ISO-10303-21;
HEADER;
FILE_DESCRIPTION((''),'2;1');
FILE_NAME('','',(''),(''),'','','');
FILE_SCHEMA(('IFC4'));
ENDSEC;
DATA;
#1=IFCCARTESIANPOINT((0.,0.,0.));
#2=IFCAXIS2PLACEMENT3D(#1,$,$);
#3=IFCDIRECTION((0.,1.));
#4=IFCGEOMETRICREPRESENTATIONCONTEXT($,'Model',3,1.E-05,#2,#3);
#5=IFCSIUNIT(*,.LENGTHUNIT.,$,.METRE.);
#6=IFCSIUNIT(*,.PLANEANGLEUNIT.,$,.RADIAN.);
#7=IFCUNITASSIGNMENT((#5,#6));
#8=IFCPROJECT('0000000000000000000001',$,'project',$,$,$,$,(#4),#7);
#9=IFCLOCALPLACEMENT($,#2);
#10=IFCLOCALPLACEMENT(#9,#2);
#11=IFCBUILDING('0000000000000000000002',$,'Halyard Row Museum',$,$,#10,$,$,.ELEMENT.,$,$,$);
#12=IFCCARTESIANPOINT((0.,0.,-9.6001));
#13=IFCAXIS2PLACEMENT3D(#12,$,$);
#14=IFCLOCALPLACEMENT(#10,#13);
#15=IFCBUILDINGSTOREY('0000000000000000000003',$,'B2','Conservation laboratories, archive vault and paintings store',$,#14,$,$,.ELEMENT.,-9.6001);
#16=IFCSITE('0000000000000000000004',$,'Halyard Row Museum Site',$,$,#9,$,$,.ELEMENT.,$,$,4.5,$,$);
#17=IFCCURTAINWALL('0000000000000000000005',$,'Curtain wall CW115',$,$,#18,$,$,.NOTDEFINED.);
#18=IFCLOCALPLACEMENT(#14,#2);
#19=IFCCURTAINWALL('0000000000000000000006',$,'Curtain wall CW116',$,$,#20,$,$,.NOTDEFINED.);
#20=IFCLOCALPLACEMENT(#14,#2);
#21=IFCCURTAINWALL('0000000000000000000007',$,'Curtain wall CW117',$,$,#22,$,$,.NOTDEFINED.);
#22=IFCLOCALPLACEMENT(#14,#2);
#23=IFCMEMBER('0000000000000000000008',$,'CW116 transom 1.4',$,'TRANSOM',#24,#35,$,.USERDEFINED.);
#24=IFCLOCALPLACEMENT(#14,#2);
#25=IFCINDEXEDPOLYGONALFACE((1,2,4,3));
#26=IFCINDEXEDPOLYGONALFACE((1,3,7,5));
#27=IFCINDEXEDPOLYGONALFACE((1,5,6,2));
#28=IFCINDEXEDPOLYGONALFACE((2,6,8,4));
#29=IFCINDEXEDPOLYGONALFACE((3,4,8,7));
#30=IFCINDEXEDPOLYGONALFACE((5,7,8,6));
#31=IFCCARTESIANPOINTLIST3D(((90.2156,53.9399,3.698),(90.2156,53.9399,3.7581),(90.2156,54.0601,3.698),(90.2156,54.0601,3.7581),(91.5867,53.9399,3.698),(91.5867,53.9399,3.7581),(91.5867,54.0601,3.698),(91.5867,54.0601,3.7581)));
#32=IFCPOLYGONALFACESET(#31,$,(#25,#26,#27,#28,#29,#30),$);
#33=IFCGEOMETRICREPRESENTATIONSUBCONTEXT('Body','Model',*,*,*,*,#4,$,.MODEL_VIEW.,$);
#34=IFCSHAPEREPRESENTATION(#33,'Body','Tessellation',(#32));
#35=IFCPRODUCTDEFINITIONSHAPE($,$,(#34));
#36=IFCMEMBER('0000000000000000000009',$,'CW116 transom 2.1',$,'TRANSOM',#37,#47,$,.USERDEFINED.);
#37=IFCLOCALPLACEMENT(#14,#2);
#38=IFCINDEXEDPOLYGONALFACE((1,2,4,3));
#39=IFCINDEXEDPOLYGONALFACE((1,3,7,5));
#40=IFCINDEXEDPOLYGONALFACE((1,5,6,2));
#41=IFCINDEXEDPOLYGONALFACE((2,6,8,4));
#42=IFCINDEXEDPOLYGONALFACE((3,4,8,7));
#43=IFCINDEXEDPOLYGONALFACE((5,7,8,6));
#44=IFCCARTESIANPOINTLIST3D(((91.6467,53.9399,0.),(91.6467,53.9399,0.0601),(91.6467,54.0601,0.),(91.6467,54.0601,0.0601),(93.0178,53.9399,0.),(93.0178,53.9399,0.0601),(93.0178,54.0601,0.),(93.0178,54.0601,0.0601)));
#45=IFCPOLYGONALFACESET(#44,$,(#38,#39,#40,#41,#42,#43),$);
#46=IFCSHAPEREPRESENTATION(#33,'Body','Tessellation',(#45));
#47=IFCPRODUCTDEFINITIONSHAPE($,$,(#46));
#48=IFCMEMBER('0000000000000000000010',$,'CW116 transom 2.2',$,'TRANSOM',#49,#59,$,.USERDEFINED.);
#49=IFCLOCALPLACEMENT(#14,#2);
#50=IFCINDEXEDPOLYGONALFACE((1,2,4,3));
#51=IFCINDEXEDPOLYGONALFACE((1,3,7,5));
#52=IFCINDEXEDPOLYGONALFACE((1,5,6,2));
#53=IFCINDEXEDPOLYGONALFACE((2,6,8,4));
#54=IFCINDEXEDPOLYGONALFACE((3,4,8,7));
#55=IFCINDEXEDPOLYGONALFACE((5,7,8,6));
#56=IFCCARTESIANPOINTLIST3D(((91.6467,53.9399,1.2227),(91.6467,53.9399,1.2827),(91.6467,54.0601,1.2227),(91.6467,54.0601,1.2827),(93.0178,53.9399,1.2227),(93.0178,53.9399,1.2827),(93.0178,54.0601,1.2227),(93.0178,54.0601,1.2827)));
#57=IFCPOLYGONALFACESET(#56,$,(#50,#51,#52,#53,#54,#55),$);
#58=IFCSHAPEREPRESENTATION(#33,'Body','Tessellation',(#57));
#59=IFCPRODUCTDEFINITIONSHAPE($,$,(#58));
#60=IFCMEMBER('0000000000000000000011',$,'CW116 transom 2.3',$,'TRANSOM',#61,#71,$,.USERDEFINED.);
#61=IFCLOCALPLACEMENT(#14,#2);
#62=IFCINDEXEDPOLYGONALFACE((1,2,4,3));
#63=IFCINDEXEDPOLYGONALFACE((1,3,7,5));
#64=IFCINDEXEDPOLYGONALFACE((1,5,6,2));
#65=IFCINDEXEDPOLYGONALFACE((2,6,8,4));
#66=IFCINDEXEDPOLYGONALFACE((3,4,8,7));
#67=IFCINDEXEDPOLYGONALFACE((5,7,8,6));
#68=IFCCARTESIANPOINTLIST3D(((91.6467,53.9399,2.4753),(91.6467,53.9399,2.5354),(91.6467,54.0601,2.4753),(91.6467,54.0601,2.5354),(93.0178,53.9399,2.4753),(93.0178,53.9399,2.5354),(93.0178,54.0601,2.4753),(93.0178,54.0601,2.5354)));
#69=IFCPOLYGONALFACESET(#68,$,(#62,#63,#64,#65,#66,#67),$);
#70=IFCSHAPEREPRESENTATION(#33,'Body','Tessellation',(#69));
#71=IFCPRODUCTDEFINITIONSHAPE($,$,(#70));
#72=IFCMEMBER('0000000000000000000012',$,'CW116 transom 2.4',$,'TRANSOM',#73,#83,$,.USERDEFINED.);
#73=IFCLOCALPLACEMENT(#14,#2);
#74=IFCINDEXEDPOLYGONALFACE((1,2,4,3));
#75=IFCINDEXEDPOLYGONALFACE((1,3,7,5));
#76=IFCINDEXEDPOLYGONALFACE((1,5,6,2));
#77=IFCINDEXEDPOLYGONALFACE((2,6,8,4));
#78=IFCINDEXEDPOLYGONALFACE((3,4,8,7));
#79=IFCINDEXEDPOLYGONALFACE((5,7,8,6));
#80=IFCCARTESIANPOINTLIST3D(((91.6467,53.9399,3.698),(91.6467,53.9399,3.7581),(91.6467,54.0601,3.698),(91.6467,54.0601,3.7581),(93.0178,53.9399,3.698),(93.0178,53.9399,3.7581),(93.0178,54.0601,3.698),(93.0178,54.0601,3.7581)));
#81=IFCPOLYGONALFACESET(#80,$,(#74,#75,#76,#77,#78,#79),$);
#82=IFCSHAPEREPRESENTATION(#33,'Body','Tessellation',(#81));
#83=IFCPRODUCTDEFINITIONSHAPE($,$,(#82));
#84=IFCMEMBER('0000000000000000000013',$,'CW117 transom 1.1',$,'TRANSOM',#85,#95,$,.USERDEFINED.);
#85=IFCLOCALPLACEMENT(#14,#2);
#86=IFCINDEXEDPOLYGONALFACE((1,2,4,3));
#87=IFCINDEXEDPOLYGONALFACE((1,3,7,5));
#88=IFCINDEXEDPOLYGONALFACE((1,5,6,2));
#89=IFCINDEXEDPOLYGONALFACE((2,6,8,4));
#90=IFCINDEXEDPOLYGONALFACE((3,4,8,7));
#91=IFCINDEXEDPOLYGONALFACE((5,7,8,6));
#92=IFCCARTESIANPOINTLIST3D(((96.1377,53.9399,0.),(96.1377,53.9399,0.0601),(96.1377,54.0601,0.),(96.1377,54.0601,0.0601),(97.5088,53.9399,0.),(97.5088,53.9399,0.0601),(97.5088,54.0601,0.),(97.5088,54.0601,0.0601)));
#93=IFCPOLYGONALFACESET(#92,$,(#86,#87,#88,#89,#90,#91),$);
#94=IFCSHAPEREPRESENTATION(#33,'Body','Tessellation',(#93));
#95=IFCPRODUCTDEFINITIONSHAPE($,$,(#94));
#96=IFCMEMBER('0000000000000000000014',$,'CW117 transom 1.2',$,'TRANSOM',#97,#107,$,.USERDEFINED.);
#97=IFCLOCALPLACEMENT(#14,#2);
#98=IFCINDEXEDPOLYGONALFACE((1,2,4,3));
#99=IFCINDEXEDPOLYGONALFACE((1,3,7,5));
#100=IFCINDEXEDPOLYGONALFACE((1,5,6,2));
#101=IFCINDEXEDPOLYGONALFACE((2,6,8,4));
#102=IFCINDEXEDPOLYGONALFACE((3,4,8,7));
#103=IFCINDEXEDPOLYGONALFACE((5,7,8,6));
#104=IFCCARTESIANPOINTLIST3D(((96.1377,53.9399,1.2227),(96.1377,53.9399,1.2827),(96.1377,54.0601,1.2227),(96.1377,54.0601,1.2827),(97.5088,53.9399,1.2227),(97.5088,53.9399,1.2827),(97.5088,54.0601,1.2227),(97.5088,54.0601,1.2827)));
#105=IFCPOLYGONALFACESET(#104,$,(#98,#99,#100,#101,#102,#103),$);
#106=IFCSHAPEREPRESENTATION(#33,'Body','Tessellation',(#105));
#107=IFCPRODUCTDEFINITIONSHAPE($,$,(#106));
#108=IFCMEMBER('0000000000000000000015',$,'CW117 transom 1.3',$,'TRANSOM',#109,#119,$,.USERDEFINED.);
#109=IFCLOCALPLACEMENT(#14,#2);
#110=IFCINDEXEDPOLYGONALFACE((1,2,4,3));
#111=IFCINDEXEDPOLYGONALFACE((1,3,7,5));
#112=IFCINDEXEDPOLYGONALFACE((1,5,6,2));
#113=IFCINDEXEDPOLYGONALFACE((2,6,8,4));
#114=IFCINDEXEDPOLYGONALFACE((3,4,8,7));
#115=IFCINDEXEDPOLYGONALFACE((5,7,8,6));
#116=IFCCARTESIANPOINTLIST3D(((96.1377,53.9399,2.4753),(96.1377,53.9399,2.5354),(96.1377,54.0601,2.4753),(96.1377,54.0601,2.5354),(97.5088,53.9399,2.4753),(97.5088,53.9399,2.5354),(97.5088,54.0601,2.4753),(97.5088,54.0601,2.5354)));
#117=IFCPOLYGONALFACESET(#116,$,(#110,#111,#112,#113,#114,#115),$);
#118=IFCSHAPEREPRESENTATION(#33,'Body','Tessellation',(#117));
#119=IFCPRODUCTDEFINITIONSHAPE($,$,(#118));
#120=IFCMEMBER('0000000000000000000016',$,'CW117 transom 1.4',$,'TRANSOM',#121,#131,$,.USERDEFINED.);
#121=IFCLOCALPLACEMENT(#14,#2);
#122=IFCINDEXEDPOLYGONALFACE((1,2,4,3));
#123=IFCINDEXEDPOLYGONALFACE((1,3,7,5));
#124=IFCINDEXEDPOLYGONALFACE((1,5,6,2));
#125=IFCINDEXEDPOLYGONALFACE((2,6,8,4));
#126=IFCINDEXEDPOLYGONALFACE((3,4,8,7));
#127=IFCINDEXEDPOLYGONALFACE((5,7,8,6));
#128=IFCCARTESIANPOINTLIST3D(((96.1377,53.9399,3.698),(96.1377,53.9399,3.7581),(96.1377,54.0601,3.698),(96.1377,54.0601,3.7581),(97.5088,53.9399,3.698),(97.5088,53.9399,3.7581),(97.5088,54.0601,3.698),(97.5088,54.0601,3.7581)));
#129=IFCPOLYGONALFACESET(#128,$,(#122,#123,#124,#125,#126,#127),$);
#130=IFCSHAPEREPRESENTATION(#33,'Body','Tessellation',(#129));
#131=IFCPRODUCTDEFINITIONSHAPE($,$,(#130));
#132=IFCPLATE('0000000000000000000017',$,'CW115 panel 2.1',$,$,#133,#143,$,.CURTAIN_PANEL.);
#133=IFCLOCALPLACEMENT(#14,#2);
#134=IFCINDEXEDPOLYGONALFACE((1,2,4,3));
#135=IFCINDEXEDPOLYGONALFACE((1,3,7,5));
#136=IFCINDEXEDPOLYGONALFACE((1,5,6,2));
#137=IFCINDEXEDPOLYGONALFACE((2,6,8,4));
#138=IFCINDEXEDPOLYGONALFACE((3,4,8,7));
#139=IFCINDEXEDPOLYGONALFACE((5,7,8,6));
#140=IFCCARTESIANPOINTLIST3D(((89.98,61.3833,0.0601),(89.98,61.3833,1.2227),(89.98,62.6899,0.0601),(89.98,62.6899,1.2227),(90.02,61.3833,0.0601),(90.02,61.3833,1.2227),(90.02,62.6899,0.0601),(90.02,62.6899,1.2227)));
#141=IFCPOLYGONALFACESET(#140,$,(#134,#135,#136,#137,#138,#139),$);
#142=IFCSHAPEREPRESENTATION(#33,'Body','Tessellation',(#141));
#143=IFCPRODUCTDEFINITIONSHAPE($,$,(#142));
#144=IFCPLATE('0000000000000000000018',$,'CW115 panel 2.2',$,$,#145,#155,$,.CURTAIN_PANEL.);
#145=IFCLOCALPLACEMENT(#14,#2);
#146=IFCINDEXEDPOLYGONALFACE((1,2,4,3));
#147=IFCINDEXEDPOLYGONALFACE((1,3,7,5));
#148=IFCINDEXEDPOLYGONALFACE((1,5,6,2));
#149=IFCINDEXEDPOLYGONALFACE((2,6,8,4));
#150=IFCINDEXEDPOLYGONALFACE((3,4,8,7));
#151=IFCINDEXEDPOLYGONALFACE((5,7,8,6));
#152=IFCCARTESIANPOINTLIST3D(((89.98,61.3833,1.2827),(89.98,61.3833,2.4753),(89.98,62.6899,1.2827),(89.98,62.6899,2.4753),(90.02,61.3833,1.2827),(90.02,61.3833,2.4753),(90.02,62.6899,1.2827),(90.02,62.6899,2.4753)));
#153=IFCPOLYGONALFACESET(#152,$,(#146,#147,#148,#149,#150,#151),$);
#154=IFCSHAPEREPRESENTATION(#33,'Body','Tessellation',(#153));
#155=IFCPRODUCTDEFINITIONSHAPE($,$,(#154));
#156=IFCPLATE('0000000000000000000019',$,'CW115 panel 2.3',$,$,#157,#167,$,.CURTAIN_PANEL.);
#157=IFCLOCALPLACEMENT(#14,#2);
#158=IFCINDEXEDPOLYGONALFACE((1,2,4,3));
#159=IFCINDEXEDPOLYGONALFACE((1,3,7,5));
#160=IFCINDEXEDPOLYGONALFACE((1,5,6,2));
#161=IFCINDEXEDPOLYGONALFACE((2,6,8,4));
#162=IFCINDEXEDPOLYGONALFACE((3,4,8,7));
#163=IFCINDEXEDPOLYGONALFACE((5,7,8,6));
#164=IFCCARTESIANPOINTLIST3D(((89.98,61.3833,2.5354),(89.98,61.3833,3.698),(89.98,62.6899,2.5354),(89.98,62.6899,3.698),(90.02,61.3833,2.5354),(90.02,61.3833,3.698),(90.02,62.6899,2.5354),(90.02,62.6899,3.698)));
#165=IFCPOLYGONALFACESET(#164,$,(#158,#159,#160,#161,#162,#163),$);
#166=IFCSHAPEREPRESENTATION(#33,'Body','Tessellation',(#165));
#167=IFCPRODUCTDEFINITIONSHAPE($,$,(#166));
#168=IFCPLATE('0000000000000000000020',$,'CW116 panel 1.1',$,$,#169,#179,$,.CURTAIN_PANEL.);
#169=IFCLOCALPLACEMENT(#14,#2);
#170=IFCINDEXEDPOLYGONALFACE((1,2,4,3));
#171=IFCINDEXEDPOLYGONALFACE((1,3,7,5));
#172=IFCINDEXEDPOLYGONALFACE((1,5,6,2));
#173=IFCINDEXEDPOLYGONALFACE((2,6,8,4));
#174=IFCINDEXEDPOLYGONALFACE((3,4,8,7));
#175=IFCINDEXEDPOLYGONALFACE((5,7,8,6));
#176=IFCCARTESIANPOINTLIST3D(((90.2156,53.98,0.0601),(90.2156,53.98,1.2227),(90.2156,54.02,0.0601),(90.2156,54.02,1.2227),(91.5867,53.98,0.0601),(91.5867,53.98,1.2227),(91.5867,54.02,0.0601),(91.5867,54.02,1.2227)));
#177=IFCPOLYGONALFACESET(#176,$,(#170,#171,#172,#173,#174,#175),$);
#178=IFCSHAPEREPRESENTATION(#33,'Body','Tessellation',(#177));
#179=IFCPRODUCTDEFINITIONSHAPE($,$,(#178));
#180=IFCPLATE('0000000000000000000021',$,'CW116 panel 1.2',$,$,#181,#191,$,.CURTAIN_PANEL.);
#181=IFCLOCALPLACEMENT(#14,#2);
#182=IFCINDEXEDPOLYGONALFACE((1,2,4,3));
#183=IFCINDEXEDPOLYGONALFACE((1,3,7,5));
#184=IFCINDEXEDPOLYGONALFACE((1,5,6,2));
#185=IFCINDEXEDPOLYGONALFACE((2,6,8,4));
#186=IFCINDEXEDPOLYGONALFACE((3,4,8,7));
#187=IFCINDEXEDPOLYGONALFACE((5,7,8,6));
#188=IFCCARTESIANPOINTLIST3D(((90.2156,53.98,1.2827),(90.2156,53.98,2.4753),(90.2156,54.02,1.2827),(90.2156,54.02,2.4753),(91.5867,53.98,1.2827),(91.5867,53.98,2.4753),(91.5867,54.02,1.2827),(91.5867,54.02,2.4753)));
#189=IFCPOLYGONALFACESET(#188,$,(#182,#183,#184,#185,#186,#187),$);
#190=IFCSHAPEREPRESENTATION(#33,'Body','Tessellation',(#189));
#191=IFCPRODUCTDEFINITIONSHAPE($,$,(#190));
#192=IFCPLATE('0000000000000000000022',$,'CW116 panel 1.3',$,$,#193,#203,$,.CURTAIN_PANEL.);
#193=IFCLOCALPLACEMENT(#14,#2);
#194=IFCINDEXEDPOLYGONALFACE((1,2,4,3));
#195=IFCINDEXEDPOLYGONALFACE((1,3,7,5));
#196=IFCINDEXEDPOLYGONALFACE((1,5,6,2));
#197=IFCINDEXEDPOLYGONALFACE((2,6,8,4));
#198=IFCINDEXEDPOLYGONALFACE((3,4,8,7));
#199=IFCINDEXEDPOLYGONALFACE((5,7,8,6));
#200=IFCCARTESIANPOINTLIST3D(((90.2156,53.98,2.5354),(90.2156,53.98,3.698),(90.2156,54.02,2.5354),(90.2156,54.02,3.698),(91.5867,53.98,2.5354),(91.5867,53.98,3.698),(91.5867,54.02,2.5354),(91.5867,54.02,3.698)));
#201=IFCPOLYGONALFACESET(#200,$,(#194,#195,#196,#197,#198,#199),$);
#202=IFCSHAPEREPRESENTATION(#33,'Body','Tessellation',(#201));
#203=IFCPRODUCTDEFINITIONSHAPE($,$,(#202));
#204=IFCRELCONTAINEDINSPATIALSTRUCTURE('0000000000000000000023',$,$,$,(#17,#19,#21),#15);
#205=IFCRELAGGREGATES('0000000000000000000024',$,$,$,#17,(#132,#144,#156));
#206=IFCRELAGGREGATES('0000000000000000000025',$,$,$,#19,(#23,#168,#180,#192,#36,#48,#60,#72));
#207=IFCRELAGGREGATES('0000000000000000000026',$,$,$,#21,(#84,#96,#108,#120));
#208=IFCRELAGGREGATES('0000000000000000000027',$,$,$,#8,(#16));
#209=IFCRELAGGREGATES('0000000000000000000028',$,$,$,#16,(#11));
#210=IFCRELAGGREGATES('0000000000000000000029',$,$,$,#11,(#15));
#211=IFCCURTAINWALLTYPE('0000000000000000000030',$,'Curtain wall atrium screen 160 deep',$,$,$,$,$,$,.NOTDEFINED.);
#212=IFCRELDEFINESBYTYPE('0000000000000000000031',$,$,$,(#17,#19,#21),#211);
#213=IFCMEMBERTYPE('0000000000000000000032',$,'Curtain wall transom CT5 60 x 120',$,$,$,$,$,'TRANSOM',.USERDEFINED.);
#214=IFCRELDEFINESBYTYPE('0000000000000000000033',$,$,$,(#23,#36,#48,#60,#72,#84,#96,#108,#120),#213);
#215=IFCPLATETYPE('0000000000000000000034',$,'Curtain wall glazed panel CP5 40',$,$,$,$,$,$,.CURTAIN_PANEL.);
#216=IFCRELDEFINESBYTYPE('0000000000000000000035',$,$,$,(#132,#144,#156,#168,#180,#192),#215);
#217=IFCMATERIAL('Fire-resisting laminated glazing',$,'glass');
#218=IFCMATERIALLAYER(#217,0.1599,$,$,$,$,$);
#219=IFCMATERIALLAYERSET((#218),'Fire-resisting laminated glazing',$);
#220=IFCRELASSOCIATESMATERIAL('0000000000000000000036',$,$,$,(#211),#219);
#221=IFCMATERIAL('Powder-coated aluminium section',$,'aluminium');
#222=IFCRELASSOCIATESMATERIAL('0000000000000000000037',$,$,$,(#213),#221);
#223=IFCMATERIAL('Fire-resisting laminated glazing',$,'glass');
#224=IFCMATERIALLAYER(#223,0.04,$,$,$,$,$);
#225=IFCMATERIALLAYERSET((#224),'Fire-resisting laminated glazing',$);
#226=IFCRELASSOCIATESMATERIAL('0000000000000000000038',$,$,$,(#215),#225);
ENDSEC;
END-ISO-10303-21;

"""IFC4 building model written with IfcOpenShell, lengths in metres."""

from ifc_helpers import new_model, si_unit, direction, frame, origin, origin_2d, place, context, subcontext, project, spatial, rectangle, extrude, material, layer, layer_set, material_profile, profile_set, type_object, element, aggregate, save


model = new_model("IFC4")

# Units and contexts
model_context = context("Model", 3, precision=1e-05, world=origin(), true_north=direction((0.0, 1.0)))
body_context = subcontext(model_context, "Body", "Model", "MODEL_VIEW")
ifc_project = project(units=[si_unit("LENGTHUNIT", "METRE"), si_unit("PLANEANGLEUNIT", "RADIAN")], contexts=[model_context])

# Site, building, storey
site_placement = place(None, origin())
site = spatial("IfcSite", under=ifc_project, at=site_placement, Name="Halyard Row Museum Site", CompositionType="ELEMENT", RefElevation=4.5)
building_placement = place(site_placement, origin())
building = spatial("IfcBuilding", under=site, at=building_placement, Name="Halyard Row Museum", CompositionType="ELEMENT")
storey_placement = place(building_placement, frame((0.0, 0.0, -9.6001)))
storey = spatial("IfcBuildingStorey", under=building, at=storey_placement, Name="B2", Description="Conservation laboratories, archive vault and paintings store", CompositionType="ELEMENT", Elevation=-9.6001)

# Curtain wall
ifc_material_1 = material(Name="Fire-resisting laminated glazing", Category="glass")
ifc_layer_1 = layer(ifc_material_1, 0.1599)
ifc_layer_set_1 = layer_set([ifc_layer_1], Name="Fire-resisting laminated glazing")
curtain_wall_type = type_object("IfcCurtainWallType", Name="Curtain wall atrium screen 160 deep", PredefinedType="NOTDEFINED", material=ifc_layer_set_1)
curtain_wall_1_placement = place(storey_placement, origin())
curtain_wall_1 = element("IfcCurtainWall", 1, at=curtain_wall_1_placement, inside=storey, type_object=curtain_wall_type, Name="Curtain wall CW115", PredefinedType="NOTDEFINED")

# Curtain wall
curtain_wall_2_placement = place(storey_placement, origin())
curtain_wall_2 = element("IfcCurtainWall", 2, at=curtain_wall_2_placement, inside=storey, type_object=curtain_wall_type, Name="Curtain wall CW116", PredefinedType="NOTDEFINED")

# Curtain wall
curtain_wall_3_placement = place(storey_placement, origin())
curtain_wall_3 = element("IfcCurtainWall", 3, at=curtain_wall_3_placement, inside=storey, type_object=curtain_wall_type, Name="Curtain wall CW117", PredefinedType="NOTDEFINED")

# Members
ifc_material_2 = material(Name="Powder-coated aluminium section", Category="aluminium")
ifc_material_profile_1 = material_profile(ifc_material_2, rectangle(XDim=0.1201, YDim=0.0601, at=origin_2d()), Name="120x60 transom")
ifc_profile_set_1 = profile_set([ifc_material_profile_1], Name="Powder-coated aluminium section")
member_type_1 = type_object("IfcMemberType", Name="Curtain wall transom CT5 60 x 120", ElementType="TRANSOM", PredefinedType="USERDEFINED", material=ifc_profile_set_1)
member_1_placement = place(storey_placement, frame((90.2156, 54.0, 3.728), z_axis=(1.0, 0.0, 0.0), x_axis=(0.0, 1.0, 0.0)))
member_1 = element("IfcMember", 4, at=member_1_placement, type_object=member_type_1, Name="CW116 transom 1.4", ObjectType="TRANSOM", PredefinedType="USERDEFINED", context=body_context, shape_type="SweptSolid", body=[
    extrude(rectangle(XDim=0.1201, YDim=0.0601, at=origin_2d()), origin(), (0.0, 0.0, 1.0), 1.3711),
])
member_2_placement = place(storey_placement, frame((91.6467, 54.0, 0.03), z_axis=(1.0, 0.0, 0.0), x_axis=(0.0, 1.0, 0.0)))
member_2 = element("IfcMember", 5, at=member_2_placement, type_object=member_type_1, Name="CW116 transom 2.1", ObjectType="TRANSOM", PredefinedType="USERDEFINED", context=body_context, shape_type="SweptSolid", body=[
    extrude(rectangle(XDim=0.1201, YDim=0.0601, at=origin_2d()), origin(), (0.0, 0.0, 1.0), 1.3711),
])
member_3_placement = place(storey_placement, frame((91.6467, 54.0, 1.2527), z_axis=(1.0, 0.0, 0.0), x_axis=(0.0, 1.0, 0.0)))
member_3 = element("IfcMember", 6, at=member_3_placement, type_object=member_type_1, Name="CW116 transom 2.2", ObjectType="TRANSOM", PredefinedType="USERDEFINED", context=body_context, shape_type="SweptSolid", body=[
    extrude(rectangle(XDim=0.1201, YDim=0.0601, at=origin_2d()), origin(), (0.0, 0.0, 1.0), 1.3711),
])
member_4_placement = place(storey_placement, frame((91.6467, 54.0, 2.5054), z_axis=(1.0, 0.0, 0.0), x_axis=(0.0, 1.0, 0.0)))
member_4 = element("IfcMember", 7, at=member_4_placement, type_object=member_type_1, Name="CW116 transom 2.3", ObjectType="TRANSOM", PredefinedType="USERDEFINED", context=body_context, shape_type="SweptSolid", body=[
    extrude(rectangle(XDim=0.1201, YDim=0.0601, at=origin_2d()), origin(), (0.0, 0.0, 1.0), 1.3711),
])
member_5_placement = place(storey_placement, frame((91.6467, 54.0, 3.728), z_axis=(1.0, 0.0, 0.0), x_axis=(0.0, 1.0, 0.0)))
member_5 = element("IfcMember", 8, at=member_5_placement, type_object=member_type_1, Name="CW116 transom 2.4", ObjectType="TRANSOM", PredefinedType="USERDEFINED", context=body_context, shape_type="SweptSolid", body=[
    extrude(rectangle(XDim=0.1201, YDim=0.0601, at=origin_2d()), origin(), (0.0, 0.0, 1.0), 1.3711),
])
member_6_placement = place(storey_placement, frame((96.1377, 54.0, 0.03), z_axis=(1.0, 0.0, 0.0), x_axis=(0.0, 1.0, 0.0)))
member_6 = element("IfcMember", 9, at=member_6_placement, type_object=member_type_1, Name="CW117 transom 1.1", ObjectType="TRANSOM", PredefinedType="USERDEFINED", context=body_context, shape_type="SweptSolid", body=[
    extrude(rectangle(XDim=0.1201, YDim=0.0601, at=origin_2d()), origin(), (0.0, 0.0, 1.0), 1.3711),
])
member_7_placement = place(storey_placement, frame((96.1377, 54.0, 1.2527), z_axis=(1.0, 0.0, 0.0), x_axis=(0.0, 1.0, 0.0)))
member_7 = element("IfcMember", 10, at=member_7_placement, type_object=member_type_1, Name="CW117 transom 1.2", ObjectType="TRANSOM", PredefinedType="USERDEFINED", context=body_context, shape_type="SweptSolid", body=[
    extrude(rectangle(XDim=0.1201, YDim=0.0601, at=origin_2d()), origin(), (0.0, 0.0, 1.0), 1.3711),
])
member_8_placement = place(storey_placement, frame((96.1377, 54.0, 2.5054), z_axis=(1.0, 0.0, 0.0), x_axis=(0.0, 1.0, 0.0)))
member_8 = element("IfcMember", 11, at=member_8_placement, type_object=member_type_1, Name="CW117 transom 1.3", ObjectType="TRANSOM", PredefinedType="USERDEFINED", context=body_context, shape_type="SweptSolid", body=[
    extrude(rectangle(XDim=0.1201, YDim=0.0601, at=origin_2d()), origin(), (0.0, 0.0, 1.0), 1.3711),
])
member_9_placement = place(storey_placement, frame((96.1377, 54.0, 3.728), z_axis=(1.0, 0.0, 0.0), x_axis=(0.0, 1.0, 0.0)))
member_9 = element("IfcMember", 12, at=member_9_placement, type_object=member_type_1, Name="CW117 transom 1.4", ObjectType="TRANSOM", PredefinedType="USERDEFINED", context=body_context, shape_type="SweptSolid", body=[
    extrude(rectangle(XDim=0.1201, YDim=0.0601, at=origin_2d()), origin(), (0.0, 0.0, 1.0), 1.3711),
])

# Plates
ifc_material_3 = material(Name="Fire-resisting laminated glazing", Category="glass")
ifc_layer_2 = layer(ifc_material_3, 0.04)
ifc_layer_set_2 = layer_set([ifc_layer_2], Name="Fire-resisting laminated glazing")
plate_type = type_object("IfcPlateType", Name="Curtain wall glazed panel CP5 40", PredefinedType="CURTAIN_PANEL", material=ifc_layer_set_2)
plate_1_placement = place(storey_placement, frame((90.0, 62.0366, 0.0601), z_axis=(0.0, 0.0, 1.0), x_axis=(0.0, 1.0, 0.0)))
plate_1 = element("IfcPlate", 13, at=plate_1_placement, type_object=plate_type, Name="CW115 panel 2.1", PredefinedType="CURTAIN_PANEL", context=body_context, shape_type="SweptSolid", body=[
    extrude(rectangle(XDim=1.3066, YDim=0.04, at=origin_2d()), origin(), (0.0, 0.0, 1.0), 1.1626),
])
plate_2_placement = place(storey_placement, frame((90.0, 62.0366, 1.2827), z_axis=(0.0, 0.0, 1.0), x_axis=(0.0, 1.0, 0.0)))
plate_2 = element("IfcPlate", 14, at=plate_2_placement, type_object=plate_type, Name="CW115 panel 2.2", PredefinedType="CURTAIN_PANEL", context=body_context, shape_type="SweptSolid", body=[
    extrude(rectangle(XDim=1.3066, YDim=0.04, at=origin_2d()), origin(), (0.0, 0.0, 1.0), 1.1926),
])
plate_3_placement = place(storey_placement, frame((90.0, 62.0366, 2.5354), z_axis=(0.0, 0.0, 1.0), x_axis=(0.0, 1.0, 0.0)))
plate_3 = element("IfcPlate", 15, at=plate_3_placement, type_object=plate_type, Name="CW115 panel 2.3", PredefinedType="CURTAIN_PANEL", context=body_context, shape_type="SweptSolid", body=[
    extrude(rectangle(XDim=1.3066, YDim=0.04, at=origin_2d()), origin(), (0.0, 0.0, 1.0), 1.1626),
])
aggregate(curtain_wall_1, [plate_1, plate_2, plate_3])
plate_4_placement = place(storey_placement, frame((90.9011, 54.0, 0.0601), z_axis=(0.0, 0.0, 1.0), x_axis=(1.0, 0.0, 0.0)))
plate_4 = element("IfcPlate", 16, at=plate_4_placement, type_object=plate_type, Name="CW116 panel 1.1", PredefinedType="CURTAIN_PANEL", context=body_context, shape_type="SweptSolid", body=[
    extrude(rectangle(XDim=1.3711, YDim=0.04, at=origin_2d()), origin(), (0.0, 0.0, 1.0), 1.1626),
])
plate_5_placement = place(storey_placement, frame((90.9011, 54.0, 1.2827), z_axis=(0.0, 0.0, 1.0), x_axis=(1.0, 0.0, 0.0)))
plate_5 = element("IfcPlate", 17, at=plate_5_placement, type_object=plate_type, Name="CW116 panel 1.2", PredefinedType="CURTAIN_PANEL", context=body_context, shape_type="SweptSolid", body=[
    extrude(rectangle(XDim=1.3711, YDim=0.04, at=origin_2d()), origin(), (0.0, 0.0, 1.0), 1.1926),
])
plate_6_placement = place(storey_placement, frame((90.9011, 54.0, 2.5354), z_axis=(0.0, 0.0, 1.0), x_axis=(1.0, 0.0, 0.0)))
plate_6 = element("IfcPlate", 18, at=plate_6_placement, type_object=plate_type, Name="CW116 panel 1.3", PredefinedType="CURTAIN_PANEL", context=body_context, shape_type="SweptSolid", body=[
    extrude(rectangle(XDim=1.3711, YDim=0.04, at=origin_2d()), origin(), (0.0, 0.0, 1.0), 1.1626),
])
aggregate(curtain_wall_2, [member_1, plate_4, plate_5, plate_6, member_2, member_3, member_4, member_5])
aggregate(curtain_wall_3, [member_6, member_7, member_8, member_9])

save(model, "model.ifc")
